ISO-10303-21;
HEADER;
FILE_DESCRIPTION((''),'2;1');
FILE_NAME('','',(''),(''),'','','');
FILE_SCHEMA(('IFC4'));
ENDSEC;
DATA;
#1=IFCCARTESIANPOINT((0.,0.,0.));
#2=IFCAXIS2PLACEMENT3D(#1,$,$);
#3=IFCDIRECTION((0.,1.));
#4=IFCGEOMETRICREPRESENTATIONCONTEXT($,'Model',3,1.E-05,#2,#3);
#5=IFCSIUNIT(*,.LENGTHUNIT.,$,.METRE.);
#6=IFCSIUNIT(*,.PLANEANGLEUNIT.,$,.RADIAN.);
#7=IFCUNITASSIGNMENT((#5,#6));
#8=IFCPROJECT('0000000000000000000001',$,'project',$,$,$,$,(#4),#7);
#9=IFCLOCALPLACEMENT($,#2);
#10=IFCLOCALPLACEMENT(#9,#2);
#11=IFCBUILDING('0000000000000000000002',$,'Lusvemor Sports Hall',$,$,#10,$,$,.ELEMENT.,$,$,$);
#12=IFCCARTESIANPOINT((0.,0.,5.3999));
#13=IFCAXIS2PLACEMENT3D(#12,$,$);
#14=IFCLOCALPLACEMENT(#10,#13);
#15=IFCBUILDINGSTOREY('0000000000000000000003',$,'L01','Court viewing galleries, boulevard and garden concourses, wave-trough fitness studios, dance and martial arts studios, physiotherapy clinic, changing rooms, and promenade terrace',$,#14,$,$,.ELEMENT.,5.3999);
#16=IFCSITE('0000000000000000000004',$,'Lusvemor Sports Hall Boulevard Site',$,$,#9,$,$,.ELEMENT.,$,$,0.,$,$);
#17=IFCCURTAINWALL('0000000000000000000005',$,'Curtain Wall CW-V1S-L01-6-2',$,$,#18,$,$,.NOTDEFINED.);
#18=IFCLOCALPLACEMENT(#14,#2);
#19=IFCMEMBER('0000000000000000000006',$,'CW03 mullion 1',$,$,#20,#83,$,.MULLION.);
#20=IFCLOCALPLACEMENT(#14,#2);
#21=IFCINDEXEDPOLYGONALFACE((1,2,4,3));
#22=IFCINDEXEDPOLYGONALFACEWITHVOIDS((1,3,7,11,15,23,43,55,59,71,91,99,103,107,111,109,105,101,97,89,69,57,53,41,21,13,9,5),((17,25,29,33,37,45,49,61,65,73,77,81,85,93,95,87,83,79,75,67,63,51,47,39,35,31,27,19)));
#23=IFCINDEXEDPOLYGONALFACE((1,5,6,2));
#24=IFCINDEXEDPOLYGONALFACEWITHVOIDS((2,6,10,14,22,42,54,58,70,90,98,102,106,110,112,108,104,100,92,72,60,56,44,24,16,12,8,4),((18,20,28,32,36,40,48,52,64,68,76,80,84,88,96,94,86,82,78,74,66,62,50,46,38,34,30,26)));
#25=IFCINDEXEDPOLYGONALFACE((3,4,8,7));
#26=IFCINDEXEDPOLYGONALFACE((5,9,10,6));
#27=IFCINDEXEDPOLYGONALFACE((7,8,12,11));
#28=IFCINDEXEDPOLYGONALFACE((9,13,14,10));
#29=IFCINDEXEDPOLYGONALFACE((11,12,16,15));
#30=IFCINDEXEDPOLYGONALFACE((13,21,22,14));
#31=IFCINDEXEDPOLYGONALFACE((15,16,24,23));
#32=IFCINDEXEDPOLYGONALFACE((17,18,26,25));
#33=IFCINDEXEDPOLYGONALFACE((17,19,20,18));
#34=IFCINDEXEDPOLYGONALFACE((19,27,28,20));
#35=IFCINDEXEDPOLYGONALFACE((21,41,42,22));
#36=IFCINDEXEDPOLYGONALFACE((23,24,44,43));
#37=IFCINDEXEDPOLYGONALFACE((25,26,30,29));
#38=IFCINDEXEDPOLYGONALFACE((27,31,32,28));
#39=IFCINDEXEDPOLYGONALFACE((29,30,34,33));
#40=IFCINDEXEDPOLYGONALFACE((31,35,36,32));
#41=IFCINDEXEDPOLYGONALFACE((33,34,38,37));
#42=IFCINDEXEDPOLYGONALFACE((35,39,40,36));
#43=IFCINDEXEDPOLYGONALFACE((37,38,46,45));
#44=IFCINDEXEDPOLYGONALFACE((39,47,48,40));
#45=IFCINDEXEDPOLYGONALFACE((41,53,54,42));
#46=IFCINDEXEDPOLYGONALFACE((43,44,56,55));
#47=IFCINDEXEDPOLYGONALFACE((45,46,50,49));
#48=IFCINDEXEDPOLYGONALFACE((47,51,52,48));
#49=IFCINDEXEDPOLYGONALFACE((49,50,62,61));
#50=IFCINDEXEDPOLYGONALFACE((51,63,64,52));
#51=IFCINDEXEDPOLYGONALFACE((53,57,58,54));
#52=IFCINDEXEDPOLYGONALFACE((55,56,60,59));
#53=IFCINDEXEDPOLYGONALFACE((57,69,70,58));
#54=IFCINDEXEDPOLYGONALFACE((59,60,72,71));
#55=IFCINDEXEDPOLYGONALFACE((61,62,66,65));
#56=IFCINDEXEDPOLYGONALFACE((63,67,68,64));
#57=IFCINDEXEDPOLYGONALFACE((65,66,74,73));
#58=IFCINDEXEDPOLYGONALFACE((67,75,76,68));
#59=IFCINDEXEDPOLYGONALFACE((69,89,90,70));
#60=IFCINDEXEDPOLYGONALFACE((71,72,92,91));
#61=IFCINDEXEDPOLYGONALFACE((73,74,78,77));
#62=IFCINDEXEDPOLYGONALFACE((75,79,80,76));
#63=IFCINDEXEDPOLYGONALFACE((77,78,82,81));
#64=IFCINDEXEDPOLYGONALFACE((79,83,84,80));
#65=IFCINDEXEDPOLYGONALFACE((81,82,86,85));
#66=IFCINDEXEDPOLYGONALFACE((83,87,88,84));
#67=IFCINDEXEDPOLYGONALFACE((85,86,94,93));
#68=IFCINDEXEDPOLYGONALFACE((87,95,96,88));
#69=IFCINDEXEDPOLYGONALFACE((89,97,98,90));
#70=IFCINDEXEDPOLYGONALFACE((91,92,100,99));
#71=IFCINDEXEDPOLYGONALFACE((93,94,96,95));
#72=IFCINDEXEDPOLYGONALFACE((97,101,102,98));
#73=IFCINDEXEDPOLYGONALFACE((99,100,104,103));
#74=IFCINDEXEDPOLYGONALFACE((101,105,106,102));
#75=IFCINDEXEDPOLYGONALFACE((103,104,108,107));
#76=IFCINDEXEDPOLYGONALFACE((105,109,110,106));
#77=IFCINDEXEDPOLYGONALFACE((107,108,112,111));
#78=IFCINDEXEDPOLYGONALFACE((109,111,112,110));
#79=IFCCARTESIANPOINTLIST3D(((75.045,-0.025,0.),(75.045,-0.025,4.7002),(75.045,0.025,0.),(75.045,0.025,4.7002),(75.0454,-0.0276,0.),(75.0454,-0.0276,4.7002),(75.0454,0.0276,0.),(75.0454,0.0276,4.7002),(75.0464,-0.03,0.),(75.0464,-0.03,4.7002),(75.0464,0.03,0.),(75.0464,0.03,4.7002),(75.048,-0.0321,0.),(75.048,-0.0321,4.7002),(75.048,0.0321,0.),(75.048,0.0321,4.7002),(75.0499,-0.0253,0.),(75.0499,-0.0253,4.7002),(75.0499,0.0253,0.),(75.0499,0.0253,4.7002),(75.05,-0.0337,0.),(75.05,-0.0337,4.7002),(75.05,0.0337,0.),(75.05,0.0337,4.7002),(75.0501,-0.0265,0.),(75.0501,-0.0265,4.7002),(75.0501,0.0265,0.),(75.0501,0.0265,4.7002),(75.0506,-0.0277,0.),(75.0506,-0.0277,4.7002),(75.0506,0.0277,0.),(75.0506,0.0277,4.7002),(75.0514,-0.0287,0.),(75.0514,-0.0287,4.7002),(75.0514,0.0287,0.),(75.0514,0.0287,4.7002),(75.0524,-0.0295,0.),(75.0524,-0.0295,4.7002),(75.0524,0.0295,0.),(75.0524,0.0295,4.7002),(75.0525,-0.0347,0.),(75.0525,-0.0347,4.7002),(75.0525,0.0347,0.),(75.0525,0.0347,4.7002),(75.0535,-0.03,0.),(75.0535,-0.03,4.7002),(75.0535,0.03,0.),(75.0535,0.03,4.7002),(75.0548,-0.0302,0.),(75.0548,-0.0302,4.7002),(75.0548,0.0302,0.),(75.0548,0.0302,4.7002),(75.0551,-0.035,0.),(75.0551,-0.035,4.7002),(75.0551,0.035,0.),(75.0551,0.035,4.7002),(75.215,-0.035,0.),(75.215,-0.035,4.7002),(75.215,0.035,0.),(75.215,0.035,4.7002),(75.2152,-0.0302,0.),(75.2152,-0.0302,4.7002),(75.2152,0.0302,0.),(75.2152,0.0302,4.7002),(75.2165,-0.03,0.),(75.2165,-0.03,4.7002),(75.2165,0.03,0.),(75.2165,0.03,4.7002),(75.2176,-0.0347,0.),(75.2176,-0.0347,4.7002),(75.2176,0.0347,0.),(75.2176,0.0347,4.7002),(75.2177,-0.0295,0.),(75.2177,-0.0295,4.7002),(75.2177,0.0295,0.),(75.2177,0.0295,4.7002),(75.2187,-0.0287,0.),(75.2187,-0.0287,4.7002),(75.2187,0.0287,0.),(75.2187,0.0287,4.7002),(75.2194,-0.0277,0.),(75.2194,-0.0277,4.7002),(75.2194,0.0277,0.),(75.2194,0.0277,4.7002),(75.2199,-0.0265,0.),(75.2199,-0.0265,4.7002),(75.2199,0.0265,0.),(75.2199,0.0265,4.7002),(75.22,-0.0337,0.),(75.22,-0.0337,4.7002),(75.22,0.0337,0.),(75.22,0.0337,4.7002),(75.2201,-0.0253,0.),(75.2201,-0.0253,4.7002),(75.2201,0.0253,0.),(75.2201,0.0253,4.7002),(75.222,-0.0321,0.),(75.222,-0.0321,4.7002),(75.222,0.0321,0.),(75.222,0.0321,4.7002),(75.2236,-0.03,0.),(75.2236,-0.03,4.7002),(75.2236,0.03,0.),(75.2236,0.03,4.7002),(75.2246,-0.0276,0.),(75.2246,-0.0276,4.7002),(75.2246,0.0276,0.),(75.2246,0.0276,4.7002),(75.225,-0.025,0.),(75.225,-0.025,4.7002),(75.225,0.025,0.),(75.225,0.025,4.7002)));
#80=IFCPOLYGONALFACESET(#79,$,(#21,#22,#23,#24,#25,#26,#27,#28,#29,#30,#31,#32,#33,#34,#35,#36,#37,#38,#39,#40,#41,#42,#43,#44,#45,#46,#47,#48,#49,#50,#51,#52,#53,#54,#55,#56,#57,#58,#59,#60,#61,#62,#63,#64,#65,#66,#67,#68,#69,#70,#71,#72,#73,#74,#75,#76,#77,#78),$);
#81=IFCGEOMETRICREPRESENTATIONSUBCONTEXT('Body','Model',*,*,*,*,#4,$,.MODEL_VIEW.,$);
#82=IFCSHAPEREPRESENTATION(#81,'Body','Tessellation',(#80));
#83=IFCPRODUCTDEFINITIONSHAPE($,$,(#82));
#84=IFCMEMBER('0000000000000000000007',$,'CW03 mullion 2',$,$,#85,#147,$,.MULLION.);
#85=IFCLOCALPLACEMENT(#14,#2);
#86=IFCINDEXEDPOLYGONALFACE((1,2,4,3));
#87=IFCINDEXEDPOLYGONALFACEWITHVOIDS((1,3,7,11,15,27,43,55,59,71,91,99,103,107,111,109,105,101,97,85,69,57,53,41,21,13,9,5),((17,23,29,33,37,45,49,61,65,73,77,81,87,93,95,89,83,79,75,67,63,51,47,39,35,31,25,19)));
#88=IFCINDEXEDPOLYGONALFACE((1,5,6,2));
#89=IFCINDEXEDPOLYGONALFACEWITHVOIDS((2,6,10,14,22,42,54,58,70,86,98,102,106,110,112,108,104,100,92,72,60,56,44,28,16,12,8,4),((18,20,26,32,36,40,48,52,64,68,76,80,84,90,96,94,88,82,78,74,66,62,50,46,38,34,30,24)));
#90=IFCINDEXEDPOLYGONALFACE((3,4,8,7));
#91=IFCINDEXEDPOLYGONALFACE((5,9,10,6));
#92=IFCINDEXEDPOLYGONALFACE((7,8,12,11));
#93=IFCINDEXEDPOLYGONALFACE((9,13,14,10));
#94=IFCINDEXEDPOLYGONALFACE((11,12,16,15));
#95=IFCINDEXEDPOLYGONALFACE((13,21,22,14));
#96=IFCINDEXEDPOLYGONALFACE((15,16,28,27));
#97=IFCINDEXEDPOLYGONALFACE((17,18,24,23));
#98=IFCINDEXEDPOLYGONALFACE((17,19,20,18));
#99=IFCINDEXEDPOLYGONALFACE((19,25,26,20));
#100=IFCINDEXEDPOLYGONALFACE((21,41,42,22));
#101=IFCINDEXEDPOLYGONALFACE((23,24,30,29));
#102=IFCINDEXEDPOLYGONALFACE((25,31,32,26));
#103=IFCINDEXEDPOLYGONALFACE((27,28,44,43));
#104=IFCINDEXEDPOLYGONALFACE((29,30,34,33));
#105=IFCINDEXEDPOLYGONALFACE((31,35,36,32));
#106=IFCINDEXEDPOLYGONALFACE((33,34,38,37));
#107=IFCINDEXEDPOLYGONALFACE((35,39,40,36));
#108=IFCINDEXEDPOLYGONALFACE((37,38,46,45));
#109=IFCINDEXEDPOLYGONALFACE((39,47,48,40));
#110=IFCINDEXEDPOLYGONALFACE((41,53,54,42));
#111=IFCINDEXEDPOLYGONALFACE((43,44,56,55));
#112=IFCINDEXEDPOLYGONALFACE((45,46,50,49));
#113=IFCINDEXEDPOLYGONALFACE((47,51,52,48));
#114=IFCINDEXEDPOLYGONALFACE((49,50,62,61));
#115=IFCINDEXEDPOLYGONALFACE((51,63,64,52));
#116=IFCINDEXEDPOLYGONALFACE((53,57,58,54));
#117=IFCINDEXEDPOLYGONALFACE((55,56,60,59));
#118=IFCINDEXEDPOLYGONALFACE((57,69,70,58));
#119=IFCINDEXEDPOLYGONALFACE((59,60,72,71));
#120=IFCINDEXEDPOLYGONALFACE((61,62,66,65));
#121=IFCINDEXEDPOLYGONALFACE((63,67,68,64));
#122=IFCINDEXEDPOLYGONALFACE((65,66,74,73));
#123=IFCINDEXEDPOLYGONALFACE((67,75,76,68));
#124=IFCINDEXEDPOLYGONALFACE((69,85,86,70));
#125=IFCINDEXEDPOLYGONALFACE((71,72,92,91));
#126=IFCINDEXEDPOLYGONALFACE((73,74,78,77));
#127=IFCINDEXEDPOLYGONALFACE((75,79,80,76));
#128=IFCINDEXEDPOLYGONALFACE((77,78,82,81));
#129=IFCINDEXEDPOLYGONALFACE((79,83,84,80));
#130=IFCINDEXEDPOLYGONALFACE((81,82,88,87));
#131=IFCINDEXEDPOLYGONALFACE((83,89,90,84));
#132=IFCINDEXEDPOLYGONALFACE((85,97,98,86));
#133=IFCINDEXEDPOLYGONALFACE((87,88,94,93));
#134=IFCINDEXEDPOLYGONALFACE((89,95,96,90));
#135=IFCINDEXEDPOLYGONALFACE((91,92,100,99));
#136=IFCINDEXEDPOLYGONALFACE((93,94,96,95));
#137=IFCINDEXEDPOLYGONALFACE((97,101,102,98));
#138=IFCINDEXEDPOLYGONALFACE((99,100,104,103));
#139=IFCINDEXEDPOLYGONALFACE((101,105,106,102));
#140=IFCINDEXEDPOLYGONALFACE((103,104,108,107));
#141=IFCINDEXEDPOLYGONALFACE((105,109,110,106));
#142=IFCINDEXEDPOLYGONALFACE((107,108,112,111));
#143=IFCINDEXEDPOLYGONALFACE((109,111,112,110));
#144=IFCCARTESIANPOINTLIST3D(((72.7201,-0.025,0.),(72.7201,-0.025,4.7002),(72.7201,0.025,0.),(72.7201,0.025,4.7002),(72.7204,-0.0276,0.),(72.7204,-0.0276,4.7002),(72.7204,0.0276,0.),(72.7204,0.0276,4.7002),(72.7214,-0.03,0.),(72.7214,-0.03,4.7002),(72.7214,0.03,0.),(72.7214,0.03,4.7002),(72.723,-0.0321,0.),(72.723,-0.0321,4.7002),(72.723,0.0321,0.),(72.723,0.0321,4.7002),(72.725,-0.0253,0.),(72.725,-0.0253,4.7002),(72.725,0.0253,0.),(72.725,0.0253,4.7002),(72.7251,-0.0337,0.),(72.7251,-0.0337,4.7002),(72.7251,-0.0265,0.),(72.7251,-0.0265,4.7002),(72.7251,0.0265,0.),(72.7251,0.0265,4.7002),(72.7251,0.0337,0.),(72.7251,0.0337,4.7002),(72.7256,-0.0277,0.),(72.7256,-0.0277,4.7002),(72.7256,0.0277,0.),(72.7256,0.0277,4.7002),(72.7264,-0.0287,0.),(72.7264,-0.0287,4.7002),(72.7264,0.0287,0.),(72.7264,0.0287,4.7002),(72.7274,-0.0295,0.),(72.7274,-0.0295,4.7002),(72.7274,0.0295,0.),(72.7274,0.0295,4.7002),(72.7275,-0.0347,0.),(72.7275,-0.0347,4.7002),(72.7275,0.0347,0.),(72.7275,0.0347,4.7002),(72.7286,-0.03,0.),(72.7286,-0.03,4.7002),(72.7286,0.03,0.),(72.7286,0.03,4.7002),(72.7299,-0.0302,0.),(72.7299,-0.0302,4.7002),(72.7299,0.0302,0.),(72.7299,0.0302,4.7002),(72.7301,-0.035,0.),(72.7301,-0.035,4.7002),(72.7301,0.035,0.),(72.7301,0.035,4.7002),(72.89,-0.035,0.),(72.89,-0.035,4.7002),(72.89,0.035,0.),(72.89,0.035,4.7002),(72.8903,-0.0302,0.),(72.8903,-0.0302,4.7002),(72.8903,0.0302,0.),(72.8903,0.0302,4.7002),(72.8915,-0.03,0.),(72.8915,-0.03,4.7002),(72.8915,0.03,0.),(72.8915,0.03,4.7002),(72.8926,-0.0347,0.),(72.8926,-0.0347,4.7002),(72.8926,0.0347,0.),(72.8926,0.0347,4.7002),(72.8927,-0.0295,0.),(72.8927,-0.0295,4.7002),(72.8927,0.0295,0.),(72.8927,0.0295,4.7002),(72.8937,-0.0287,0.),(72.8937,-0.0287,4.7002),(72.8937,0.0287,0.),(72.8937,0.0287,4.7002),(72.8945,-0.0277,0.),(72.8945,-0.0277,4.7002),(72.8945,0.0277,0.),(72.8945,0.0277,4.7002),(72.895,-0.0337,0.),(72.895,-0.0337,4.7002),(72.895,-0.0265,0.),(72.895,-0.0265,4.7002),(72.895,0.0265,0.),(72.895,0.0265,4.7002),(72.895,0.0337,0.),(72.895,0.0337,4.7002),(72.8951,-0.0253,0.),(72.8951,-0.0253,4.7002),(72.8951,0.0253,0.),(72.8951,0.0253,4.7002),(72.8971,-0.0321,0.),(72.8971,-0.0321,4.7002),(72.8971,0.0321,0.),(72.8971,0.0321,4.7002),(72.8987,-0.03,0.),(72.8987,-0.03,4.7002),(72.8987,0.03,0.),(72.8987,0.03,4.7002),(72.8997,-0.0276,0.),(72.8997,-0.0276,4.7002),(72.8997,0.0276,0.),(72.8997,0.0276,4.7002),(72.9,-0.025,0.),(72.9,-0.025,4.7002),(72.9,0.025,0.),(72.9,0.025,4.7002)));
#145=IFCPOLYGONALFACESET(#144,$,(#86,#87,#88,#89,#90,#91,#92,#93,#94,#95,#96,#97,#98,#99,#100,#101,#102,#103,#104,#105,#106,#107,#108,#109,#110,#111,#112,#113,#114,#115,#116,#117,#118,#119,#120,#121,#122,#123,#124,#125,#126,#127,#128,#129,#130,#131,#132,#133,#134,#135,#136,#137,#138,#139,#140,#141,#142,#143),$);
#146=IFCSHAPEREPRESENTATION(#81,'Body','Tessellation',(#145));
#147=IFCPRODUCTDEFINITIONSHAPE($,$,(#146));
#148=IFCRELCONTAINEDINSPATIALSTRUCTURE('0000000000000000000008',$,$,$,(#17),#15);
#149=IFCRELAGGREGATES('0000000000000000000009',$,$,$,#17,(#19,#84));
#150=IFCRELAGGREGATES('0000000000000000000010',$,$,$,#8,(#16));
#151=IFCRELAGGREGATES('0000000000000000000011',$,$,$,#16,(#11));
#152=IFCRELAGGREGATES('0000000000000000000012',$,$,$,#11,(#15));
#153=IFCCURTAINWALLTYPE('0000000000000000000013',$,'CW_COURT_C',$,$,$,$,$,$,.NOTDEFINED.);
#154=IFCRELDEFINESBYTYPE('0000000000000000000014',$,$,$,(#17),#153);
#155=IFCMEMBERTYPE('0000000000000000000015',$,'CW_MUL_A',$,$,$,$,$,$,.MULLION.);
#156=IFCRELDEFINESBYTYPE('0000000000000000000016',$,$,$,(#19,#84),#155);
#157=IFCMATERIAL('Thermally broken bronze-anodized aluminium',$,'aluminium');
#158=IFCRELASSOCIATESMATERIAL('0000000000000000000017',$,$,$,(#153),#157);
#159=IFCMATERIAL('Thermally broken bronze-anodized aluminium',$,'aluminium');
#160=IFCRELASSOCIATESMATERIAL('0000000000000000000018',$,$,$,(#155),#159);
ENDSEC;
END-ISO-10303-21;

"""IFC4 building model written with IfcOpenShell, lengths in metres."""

from ifc_helpers import new_model, si_unit, direction, frame, origin, origin_2d, place, context, subcontext, project, spatial, hollow_rectangle, extrude, material, material_profile, profile_set, type_object, element, aggregate, save


model = new_model("IFC4")

# Units and contexts
model_context = context("Model", 3, precision=1e-05, world=origin(), true_north=direction((0.0, 1.0)))
body_context = subcontext(model_context, "Body", "Model", "MODEL_VIEW")
ifc_project = project(units=[si_unit("LENGTHUNIT", "METRE"), si_unit("PLANEANGLEUNIT", "RADIAN")], contexts=[model_context])

# Site, building, storey
site_placement = place(None, origin())
site = spatial("IfcSite", under=ifc_project, at=site_placement, Name="Lusvemor Sports Hall Boulevard Site", CompositionType="ELEMENT", RefElevation=0.0)
building_placement = place(site_placement, origin())
building = spatial("IfcBuilding", under=site, at=building_placement, Name="Lusvemor Sports Hall", CompositionType="ELEMENT")
storey_placement = place(building_placement, frame((0.0, 0.0, 5.3999)))
storey = spatial("IfcBuildingStorey", under=building, at=storey_placement, Name="L01", Description="Court viewing galleries, boulevard and garden concourses, wave-trough fitness studios, dance and martial arts studios, physiotherapy clinic, changing rooms, and promenade terrace", CompositionType="ELEMENT", Elevation=5.3999)

# Curtain wall, members
ifc_material_1 = material(Name="Thermally broken bronze-anodized aluminium", Category="aluminium")
curtain_wall_type = type_object("IfcCurtainWallType", Name="CW_COURT_C", PredefinedType="NOTDEFINED", material=ifc_material_1)
curtain_wall_placement = place(storey_placement, origin())
curtain_wall = element("IfcCurtainWall", 1, at=curtain_wall_placement, inside=storey, type_object=curtain_wall_type, Name="Curtain Wall CW-V1S-L01-6-2", PredefinedType="NOTDEFINED")
ifc_material_2 = material(Name="Thermally broken bronze-anodized aluminium", Category="aluminium")
ifc_material_profile_1 = material_profile(ifc_material_2, hollow_rectangle(XDim=0.0701, YDim=0.1799, WallThickness=0.0049, InnerFilletRadius=0.0049, OuterFilletRadius=0.01, at=origin_2d()), Name="CWMUL180x70x5")
ifc_profile_set_1 = profile_set([ifc_material_profile_1], Name="Thermally broken bronze-anodized aluminium")
member_type_1 = type_object("IfcMemberType", Name="CW_MUL_A", PredefinedType="MULLION", material=ifc_profile_set_1)
member_1_placement = place(storey_placement, frame((75.135, 0.0, 0.0), z_axis=(0.0, 0.0, 1.0), x_axis=(0.0, -1.0, 0.0)))
member_1 = element("IfcMember", 2, at=member_1_placement, type_object=member_type_1, Name="CW03 mullion 1", PredefinedType="MULLION", context=body_context, shape_type="SweptSolid", body=[
    extrude(hollow_rectangle(XDim=0.0701, YDim=0.1799, WallThickness=0.0049, InnerFilletRadius=0.0049, OuterFilletRadius=0.01, at=origin_2d()), origin(), (0.0, 0.0, 1.0), 4.7002),
])
member_2_placement = place(storey_placement, frame((72.8101, 0.0, 0.0), z_axis=(0.0, 0.0, 1.0), x_axis=(0.0, -1.0, 0.0)))
member_2 = element("IfcMember", 3, at=member_2_placement, type_object=member_type_1, Name="CW03 mullion 2", PredefinedType="MULLION", context=body_context, shape_type="SweptSolid", body=[
    extrude(hollow_rectangle(XDim=0.0701, YDim=0.1799, WallThickness=0.0049, InnerFilletRadius=0.0049, OuterFilletRadius=0.01, at=origin_2d()), origin(), (0.0, 0.0, 1.0), 4.7002),
])

aggregate(curtain_wall, [member_1, member_2])

save(model, "model.ifc")
